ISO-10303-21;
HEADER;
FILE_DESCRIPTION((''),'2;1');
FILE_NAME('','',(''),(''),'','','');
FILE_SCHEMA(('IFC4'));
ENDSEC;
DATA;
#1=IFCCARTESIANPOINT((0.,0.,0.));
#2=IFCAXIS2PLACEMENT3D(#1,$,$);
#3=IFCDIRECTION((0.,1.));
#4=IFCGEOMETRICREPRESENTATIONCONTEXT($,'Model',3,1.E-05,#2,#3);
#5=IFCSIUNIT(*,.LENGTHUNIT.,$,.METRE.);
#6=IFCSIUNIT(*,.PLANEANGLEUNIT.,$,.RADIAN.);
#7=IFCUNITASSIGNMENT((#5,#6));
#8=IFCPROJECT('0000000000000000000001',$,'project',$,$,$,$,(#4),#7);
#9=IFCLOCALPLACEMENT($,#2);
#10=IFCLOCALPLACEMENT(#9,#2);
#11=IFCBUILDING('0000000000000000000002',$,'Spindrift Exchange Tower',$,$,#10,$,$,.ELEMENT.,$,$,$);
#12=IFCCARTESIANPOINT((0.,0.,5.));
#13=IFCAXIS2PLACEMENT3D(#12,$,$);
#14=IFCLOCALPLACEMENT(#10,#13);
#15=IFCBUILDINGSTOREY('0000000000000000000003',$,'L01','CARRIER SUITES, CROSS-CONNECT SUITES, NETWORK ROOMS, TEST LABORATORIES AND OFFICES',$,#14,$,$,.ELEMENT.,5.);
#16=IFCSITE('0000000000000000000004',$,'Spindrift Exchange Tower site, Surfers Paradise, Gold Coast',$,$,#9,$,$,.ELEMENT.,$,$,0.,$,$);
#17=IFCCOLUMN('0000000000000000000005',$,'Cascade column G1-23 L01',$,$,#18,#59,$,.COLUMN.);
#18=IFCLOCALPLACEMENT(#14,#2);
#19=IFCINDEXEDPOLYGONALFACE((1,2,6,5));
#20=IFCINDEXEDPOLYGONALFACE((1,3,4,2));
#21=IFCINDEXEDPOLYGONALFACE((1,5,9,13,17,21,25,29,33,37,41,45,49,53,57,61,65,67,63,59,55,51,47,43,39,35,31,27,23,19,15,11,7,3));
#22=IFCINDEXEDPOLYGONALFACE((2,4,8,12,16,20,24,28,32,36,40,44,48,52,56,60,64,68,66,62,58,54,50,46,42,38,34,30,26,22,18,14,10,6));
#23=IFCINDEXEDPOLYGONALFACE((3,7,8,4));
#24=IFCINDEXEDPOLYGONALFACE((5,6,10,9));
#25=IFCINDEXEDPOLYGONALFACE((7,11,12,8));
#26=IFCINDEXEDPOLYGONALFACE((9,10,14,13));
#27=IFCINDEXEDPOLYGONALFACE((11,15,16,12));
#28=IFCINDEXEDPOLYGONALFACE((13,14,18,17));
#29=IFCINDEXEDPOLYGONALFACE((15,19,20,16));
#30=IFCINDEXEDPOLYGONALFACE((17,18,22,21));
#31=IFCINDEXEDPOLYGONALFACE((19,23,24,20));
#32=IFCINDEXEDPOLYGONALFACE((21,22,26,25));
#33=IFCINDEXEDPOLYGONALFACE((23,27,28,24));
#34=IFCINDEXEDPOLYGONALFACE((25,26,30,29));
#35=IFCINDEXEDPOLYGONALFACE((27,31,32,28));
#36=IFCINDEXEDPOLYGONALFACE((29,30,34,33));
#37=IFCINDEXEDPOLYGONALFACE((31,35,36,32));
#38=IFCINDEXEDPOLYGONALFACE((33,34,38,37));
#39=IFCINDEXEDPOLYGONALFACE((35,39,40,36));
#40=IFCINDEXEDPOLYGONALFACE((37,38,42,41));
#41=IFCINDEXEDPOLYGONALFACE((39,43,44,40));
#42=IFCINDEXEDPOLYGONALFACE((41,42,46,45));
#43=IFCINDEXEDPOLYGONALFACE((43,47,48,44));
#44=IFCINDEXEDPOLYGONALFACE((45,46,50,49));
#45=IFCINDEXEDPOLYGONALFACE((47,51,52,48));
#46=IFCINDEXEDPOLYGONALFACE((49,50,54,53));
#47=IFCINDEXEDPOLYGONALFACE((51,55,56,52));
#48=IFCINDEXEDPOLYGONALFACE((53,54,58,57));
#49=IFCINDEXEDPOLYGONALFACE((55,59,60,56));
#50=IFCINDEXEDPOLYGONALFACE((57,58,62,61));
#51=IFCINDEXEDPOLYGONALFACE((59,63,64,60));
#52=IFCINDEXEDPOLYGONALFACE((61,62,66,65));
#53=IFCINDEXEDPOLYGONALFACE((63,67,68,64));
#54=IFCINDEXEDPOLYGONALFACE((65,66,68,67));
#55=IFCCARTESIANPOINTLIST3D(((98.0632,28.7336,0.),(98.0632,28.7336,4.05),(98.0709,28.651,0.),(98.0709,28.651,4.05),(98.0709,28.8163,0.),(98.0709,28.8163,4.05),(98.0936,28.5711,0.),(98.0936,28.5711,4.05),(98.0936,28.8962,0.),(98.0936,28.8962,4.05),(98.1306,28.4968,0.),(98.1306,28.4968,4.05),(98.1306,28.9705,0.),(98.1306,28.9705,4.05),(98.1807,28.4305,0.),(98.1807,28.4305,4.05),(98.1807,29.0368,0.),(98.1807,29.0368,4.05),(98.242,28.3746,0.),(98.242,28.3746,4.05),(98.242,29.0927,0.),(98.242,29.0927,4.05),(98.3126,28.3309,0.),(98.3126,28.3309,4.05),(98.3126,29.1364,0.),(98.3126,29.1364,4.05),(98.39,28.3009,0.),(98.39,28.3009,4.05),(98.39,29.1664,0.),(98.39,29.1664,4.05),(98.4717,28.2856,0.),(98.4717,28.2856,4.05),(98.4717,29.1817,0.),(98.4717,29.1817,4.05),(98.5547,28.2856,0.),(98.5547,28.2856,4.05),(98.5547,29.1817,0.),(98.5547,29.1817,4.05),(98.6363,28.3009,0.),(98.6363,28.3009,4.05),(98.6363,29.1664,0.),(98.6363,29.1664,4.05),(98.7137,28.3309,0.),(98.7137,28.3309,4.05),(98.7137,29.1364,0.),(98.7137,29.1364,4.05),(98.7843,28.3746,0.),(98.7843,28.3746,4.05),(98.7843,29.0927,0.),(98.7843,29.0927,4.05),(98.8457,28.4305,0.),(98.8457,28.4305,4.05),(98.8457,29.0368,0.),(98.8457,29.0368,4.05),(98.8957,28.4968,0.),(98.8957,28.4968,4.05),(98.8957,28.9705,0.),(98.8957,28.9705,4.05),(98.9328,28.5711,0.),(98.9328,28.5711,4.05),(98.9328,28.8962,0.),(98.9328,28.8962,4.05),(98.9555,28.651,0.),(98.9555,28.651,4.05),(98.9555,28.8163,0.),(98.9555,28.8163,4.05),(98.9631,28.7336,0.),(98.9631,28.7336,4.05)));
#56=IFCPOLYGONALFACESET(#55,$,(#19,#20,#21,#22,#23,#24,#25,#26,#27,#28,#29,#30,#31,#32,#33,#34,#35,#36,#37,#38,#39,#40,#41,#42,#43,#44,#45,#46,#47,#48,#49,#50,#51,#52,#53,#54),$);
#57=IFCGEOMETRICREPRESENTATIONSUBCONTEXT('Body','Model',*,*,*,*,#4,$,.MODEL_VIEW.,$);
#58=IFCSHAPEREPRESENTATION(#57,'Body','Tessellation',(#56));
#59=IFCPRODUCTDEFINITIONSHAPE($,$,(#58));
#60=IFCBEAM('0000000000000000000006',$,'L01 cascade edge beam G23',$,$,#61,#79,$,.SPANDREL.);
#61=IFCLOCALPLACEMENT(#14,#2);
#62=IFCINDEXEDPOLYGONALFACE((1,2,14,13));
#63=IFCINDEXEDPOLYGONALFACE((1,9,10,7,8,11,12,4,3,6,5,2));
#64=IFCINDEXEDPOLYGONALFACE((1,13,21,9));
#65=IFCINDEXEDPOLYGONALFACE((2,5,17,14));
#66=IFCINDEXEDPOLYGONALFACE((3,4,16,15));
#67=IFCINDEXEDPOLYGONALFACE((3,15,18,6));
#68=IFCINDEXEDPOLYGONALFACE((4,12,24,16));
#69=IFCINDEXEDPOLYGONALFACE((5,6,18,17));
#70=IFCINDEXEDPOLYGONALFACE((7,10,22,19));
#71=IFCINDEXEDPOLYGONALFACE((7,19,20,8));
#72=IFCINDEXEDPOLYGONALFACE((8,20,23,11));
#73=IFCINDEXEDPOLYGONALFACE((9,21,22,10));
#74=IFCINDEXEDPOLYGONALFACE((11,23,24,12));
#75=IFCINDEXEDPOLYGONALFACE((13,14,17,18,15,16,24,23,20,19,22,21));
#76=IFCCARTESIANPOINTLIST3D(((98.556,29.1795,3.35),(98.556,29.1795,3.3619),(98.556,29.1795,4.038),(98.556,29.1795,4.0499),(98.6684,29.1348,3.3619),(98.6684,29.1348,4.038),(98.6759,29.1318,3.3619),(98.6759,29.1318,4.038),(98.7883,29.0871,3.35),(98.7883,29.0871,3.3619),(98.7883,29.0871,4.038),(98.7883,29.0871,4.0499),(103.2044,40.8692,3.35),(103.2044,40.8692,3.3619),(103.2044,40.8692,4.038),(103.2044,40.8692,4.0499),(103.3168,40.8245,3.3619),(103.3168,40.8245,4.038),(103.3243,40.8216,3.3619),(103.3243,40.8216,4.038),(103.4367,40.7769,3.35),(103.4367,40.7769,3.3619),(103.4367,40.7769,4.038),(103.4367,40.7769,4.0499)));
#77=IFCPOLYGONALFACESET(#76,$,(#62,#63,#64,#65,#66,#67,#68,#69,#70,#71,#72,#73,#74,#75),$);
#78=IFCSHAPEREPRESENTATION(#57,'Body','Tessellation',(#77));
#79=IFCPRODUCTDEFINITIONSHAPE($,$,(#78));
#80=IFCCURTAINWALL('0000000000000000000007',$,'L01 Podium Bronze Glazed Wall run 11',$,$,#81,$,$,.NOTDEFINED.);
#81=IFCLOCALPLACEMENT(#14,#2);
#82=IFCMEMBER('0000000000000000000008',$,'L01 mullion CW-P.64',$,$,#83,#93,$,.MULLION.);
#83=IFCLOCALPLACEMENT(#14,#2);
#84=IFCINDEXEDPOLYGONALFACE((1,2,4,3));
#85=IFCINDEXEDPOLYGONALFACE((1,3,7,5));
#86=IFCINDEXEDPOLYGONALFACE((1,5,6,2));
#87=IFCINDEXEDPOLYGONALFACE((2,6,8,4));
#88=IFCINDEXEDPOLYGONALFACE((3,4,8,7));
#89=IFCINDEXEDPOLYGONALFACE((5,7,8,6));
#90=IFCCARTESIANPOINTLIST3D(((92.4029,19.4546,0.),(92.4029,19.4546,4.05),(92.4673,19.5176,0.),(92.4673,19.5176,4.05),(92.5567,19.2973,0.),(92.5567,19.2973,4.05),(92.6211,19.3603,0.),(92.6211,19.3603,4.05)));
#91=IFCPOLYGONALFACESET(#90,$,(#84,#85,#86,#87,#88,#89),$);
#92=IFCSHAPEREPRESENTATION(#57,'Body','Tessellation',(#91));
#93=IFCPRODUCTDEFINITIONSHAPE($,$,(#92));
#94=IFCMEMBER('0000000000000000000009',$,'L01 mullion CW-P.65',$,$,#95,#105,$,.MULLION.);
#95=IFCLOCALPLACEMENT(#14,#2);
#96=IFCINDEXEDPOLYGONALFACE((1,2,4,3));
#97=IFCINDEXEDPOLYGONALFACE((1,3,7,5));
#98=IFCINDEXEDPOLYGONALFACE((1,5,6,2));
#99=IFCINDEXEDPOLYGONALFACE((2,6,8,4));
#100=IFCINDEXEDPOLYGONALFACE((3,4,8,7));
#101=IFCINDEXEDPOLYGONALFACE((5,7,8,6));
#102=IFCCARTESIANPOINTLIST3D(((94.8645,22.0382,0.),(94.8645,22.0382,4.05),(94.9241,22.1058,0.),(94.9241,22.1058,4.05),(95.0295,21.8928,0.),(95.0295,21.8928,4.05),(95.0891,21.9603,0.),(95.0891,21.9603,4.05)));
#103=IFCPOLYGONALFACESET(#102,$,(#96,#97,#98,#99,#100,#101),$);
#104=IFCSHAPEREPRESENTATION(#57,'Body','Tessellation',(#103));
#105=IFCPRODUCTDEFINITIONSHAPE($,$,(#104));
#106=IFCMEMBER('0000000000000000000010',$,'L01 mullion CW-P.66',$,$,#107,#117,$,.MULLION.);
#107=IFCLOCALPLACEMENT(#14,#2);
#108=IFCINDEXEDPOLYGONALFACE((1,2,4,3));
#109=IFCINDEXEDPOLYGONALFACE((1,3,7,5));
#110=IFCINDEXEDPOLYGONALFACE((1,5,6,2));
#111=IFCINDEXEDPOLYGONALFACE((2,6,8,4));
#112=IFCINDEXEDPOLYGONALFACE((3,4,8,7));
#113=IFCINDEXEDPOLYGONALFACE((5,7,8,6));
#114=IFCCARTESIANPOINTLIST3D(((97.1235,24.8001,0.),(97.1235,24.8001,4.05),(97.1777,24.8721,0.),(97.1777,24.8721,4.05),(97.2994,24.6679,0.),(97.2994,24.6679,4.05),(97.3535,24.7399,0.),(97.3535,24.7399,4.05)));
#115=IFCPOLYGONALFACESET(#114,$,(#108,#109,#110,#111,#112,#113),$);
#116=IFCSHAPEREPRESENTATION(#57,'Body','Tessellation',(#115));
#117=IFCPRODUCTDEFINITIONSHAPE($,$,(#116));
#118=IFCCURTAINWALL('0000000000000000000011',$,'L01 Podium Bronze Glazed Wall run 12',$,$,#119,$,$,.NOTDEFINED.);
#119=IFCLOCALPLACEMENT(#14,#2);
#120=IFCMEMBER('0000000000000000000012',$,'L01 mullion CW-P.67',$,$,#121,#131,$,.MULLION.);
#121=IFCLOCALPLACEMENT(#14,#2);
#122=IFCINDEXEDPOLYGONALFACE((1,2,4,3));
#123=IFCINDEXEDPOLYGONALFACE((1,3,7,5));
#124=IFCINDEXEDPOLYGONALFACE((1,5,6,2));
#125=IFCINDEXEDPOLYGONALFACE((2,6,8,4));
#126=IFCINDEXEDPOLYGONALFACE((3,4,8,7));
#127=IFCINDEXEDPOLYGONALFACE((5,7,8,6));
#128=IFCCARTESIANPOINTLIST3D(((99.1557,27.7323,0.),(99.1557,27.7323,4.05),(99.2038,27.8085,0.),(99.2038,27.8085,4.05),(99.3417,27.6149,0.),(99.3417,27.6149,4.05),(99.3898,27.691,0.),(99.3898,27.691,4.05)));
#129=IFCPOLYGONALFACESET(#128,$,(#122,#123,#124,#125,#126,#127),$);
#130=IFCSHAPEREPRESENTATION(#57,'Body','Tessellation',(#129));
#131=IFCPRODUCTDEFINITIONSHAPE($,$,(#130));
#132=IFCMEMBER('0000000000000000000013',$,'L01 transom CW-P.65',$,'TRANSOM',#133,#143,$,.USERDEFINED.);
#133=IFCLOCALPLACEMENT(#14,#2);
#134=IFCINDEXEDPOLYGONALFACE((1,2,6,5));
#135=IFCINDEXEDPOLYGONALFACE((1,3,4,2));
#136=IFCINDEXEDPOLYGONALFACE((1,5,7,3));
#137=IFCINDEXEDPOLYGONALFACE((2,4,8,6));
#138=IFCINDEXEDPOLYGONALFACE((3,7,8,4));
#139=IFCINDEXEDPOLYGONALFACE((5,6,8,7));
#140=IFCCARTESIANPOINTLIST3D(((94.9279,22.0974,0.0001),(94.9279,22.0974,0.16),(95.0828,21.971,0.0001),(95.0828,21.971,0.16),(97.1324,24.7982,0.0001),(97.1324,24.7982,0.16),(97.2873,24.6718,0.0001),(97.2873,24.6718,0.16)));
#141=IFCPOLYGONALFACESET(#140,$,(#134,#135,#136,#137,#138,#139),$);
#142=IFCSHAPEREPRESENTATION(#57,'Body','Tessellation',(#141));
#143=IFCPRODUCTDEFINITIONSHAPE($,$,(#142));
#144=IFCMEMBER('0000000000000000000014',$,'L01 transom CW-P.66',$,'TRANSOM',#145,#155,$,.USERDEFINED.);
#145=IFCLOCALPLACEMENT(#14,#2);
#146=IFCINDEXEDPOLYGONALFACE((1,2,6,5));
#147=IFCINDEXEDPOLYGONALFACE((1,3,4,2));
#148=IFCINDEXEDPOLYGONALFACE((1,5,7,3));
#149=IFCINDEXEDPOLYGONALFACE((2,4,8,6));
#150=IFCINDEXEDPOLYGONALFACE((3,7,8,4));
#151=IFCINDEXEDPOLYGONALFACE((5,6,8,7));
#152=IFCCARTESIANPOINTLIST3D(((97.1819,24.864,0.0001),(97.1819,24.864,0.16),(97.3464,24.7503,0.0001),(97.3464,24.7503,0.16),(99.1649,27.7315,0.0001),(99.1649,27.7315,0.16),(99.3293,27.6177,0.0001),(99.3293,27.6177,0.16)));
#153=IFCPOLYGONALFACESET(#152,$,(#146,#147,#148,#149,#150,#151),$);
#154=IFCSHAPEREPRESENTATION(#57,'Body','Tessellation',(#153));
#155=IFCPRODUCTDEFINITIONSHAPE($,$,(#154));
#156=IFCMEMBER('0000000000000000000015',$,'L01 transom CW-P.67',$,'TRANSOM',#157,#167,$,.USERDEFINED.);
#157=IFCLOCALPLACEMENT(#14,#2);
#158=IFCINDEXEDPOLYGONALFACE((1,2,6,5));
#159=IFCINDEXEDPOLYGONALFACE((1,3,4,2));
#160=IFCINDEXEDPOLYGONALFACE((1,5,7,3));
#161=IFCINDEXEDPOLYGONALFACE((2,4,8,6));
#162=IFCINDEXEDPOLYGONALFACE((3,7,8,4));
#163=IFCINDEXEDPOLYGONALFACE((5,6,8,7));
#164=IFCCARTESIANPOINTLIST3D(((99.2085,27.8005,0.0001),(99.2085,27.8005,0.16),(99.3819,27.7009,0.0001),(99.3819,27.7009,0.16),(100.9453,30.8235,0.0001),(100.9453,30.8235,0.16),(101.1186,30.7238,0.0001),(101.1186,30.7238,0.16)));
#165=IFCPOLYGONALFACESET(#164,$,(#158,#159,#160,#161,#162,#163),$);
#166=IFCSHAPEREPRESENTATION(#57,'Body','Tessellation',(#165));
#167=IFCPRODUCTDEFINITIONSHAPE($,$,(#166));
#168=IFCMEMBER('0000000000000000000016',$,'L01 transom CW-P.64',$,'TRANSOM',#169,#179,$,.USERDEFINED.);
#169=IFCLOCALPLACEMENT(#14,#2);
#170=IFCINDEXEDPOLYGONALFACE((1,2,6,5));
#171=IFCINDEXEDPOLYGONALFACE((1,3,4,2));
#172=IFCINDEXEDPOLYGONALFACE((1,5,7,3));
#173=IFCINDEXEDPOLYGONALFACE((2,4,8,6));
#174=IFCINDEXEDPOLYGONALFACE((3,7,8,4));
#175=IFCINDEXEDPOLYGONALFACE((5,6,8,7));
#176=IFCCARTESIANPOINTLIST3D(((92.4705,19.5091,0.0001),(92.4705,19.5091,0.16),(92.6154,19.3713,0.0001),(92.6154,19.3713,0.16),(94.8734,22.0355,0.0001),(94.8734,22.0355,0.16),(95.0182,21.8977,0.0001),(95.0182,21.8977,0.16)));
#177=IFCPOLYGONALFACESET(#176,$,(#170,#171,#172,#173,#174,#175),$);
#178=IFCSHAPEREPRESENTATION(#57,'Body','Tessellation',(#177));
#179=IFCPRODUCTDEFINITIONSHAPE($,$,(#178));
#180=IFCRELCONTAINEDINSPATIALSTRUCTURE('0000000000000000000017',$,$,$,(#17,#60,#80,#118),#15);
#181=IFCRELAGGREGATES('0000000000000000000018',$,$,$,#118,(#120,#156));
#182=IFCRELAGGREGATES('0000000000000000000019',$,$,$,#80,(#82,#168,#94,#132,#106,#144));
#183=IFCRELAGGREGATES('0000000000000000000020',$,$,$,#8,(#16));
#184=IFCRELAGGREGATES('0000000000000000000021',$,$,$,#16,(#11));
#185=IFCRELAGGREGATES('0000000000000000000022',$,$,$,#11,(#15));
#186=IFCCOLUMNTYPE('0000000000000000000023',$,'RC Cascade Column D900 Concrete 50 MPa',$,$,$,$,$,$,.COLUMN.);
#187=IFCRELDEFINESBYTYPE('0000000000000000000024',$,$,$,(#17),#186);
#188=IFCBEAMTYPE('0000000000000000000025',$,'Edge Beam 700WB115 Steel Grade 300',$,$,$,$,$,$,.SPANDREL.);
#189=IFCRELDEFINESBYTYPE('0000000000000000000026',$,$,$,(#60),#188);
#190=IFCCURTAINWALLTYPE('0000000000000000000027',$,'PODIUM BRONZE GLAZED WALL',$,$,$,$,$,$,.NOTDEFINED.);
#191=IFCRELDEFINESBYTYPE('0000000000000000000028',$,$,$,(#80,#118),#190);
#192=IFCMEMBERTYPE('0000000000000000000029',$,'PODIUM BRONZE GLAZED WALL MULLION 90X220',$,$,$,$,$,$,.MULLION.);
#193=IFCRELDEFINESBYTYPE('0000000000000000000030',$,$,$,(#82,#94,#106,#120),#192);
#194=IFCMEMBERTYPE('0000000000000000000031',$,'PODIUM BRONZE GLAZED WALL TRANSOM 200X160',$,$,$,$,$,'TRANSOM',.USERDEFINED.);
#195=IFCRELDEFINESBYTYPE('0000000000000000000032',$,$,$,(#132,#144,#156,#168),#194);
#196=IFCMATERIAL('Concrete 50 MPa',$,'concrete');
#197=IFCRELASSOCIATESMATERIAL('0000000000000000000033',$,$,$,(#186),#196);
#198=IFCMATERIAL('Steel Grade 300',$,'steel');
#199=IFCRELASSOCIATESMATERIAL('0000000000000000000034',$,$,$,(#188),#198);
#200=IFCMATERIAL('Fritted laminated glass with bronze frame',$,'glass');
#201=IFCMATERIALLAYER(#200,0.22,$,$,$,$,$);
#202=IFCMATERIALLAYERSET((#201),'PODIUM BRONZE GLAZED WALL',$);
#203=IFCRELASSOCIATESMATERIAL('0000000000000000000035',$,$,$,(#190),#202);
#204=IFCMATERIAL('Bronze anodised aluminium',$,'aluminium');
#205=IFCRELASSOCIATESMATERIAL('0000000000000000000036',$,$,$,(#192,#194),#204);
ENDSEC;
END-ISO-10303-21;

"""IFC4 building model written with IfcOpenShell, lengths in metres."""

from ifc_helpers import new_model, si_unit, direction, frame, origin, origin_2d, place, context, subcontext, project, spatial, rectangle, circle, i_section, extrude, source, transform, mapped, material, layer, layer_set, material_profile, profile_set, type_object, element, aggregate, save


model = new_model("IFC4")

# Units and contexts
model_context = context("Model", 3, precision=1e-05, world=origin(), true_north=direction((0.0, 1.0)))
body_context = subcontext(model_context, "Body", "Model", "MODEL_VIEW")
ifc_project = project(units=[si_unit("LENGTHUNIT", "METRE"), si_unit("PLANEANGLEUNIT", "RADIAN")], contexts=[model_context])

# Site, building, storey
site_placement = place(None, origin())
site = spatial("IfcSite", under=ifc_project, at=site_placement, Name="Spindrift Exchange Tower site, Surfers Paradise, Gold Coast", CompositionType="ELEMENT", RefElevation=0.0)
building_placement = place(site_placement, origin())
building = spatial("IfcBuilding", under=site, at=building_placement, Name="Spindrift Exchange Tower", CompositionType="ELEMENT")
storey_placement = place(building_placement, frame((0.0, 0.0, 5.0)))
storey = spatial("IfcBuildingStorey", under=building, at=storey_placement, Name="L01", Description="CARRIER SUITES, CROSS-CONNECT SUITES, NETWORK ROOMS, TEST LABORATORIES AND OFFICES", CompositionType="ELEMENT", Elevation=5.0)

# Column
ifc_material_1 = material(Name="Concrete 50 MPa", Category="concrete")
ifc_material_profile_1 = material_profile(ifc_material_1, circle(Radius=0.45, at=origin_2d()), Name="RC D900")
ifc_profile_set_1 = profile_set([ifc_material_profile_1], Name="Concrete 50 MPa")
column_type = type_object("IfcColumnType", Name="RC Cascade Column D900 Concrete 50 MPa", PredefinedType="COLUMN", material=ifc_profile_set_1)
shared_shape_1 = source(origin(), body_context, "Body", "SweptSolid", [
    extrude(circle(Radius=0.45, at=origin_2d()), origin(), (0.0, 0.0, 1.0), 4.05),
])
column_placement = place(storey_placement, frame((98.5132, 28.7336, 0.0), z_axis=(0.0, 0.0, 1.0), x_axis=(1.0, 0.0, 0.0)))
element("IfcColumn", 1, at=column_placement, inside=storey, type_object=column_type, Name="Cascade column G1-23 L01", PredefinedType="COLUMN", context=body_context, shape_type="MappedRepresentation", body=[
    mapped(shared_shape_1, transform((0.0, 0.0, 0.0), scale=1.0)),
])

# Beam
ifc_material_2 = material(Name="Steel Grade 300", Category="steel")
ifc_material_profile_2 = material_profile(ifc_material_2, i_section(OverallWidth=0.25, OverallDepth=0.7, WebThickness=0.0081, FlangeThickness=0.012, at=origin_2d()), Name="700WB115")
ifc_profile_set_2 = profile_set([ifc_material_profile_2], Name="Steel Grade 300")
beam_type = type_object("IfcBeamType", Name="Edge Beam 700WB115 Steel Grade 300", PredefinedType="SPANDREL", material=ifc_profile_set_2)
shared_shape_2 = source(origin(), body_context, "Body", "SweptSolid", [
    extrude(i_section(OverallWidth=0.25, OverallDepth=0.7, WebThickness=0.0081, FlangeThickness=0.012, at=origin_2d()), origin(), (0.0, 0.0, 1.0), 12.5801),
])
beam_placement = place(storey_placement, frame((98.6721, 29.1333, 3.7), z_axis=(0.369509, 0.929227, 0.0), x_axis=(-0.929227, 0.369509, 0.0)))
element("IfcBeam", 2, at=beam_placement, inside=storey, type_object=beam_type, Name="L01 cascade edge beam G23", PredefinedType="SPANDREL", context=body_context, shape_type="MappedRepresentation", body=[
    mapped(shared_shape_2, transform((0.0, 0.0, 0.0), scale=1.0)),
])

# Curtain wall, members
ifc_material_3 = material(Name="Fritted laminated glass with bronze frame", Category="glass")
ifc_layer_1 = layer(ifc_material_3, 0.22)
ifc_layer_set_1 = layer_set([ifc_layer_1], Name="PODIUM BRONZE GLAZED WALL")
curtain_wall_type = type_object("IfcCurtainWallType", Name="PODIUM BRONZE GLAZED WALL", PredefinedType="NOTDEFINED", material=ifc_layer_set_1)
curtain_wall_1_placement = place(storey_placement, origin())
curtain_wall_1 = element("IfcCurtainWall", 3, at=curtain_wall_1_placement, inside=storey, type_object=curtain_wall_type, Name="L01 Podium Bronze Glazed Wall run 11", PredefinedType="NOTDEFINED")
ifc_material_4 = material(Name="Bronze anodised aluminium", Category="aluminium")
ifc_material_profile_3 = material_profile(ifc_material_4, rectangle(XDim=0.0901, YDim=0.22, at=origin_2d()), Name="PODIUM BRONZE GLAZED WALL MULLION 90X220")
ifc_profile_set_3 = profile_set([ifc_material_profile_3], Name="Bronze anodised aluminium")
member_type_1 = type_object("IfcMemberType", Name="PODIUM BRONZE GLAZED WALL MULLION 90X220", PredefinedType="MULLION", material=ifc_profile_set_3)
shared_shape_3 = source(origin(), body_context, "Body", "SweptSolid", [
    extrude(rectangle(XDim=0.0901, YDim=0.22, at=origin_2d()), origin(), (0.0, 0.0, 1.0), 4.05),
])
member_1_placement = place(storey_placement, frame((92.512, 19.4075, 0.0), z_axis=(0.0, 0.0, 1.0), x_axis=(0.714911, 0.699216, 0.0)))
member_1 = element("IfcMember", 4, at=member_1_placement, type_object=member_type_1, Name="L01 mullion CW-P.64", PredefinedType="MULLION", context=body_context, shape_type="MappedRepresentation", body=[
    mapped(shared_shape_3, transform((0.0, 0.0, 0.0), scale=1.0)),
])
member_2_placement = place(storey_placement, frame((94.9768, 21.9993, 0.0), z_axis=(0.0, 0.0, 1.0), x_axis=(0.661219, 0.750193, 0.0)))
member_2 = element("IfcMember", 5, at=member_2_placement, type_object=member_type_1, Name="L01 mullion CW-P.65", PredefinedType="MULLION", context=body_context, shape_type="MappedRepresentation", body=[
    mapped(shared_shape_3, transform((0.0, 0.0, 0.0), scale=1.0)),
])
member_3_placement = place(storey_placement, frame((97.2385, 24.77, 0.0), z_axis=(0.0, 0.0, 1.0), x_axis=(0.601029, 0.799228, 0.0)))
member_3 = element("IfcMember", 6, at=member_3_placement, type_object=member_type_1, Name="L01 mullion CW-P.66", PredefinedType="MULLION", context=body_context, shape_type="MappedRepresentation", body=[
    mapped(shared_shape_3, transform((0.0, 0.0, 0.0), scale=1.0)),
])

# Curtain wall, member
curtain_wall_2_placement = place(storey_placement, origin())
curtain_wall_2 = element("IfcCurtainWall", 7, at=curtain_wall_2_placement, inside=storey, type_object=curtain_wall_type, Name="L01 Podium Bronze Glazed Wall run 12", PredefinedType="NOTDEFINED")
member_4_placement = place(storey_placement, frame((99.2727, 27.7117, 0.0), z_axis=(0.0, 0.0, 1.0), x_axis=(0.533935, 0.845526, 0.0)))
member_4 = element("IfcMember", 8, at=member_4_placement, type_object=member_type_1, Name="L01 mullion CW-P.67", PredefinedType="MULLION", context=body_context, shape_type="MappedRepresentation", body=[
    mapped(shared_shape_3, transform((0.0, 0.0, 0.0), scale=1.0)),
])

# Members
ifc_material_profile_4 = material_profile(ifc_material_4, rectangle(XDim=0.2, YDim=0.1599, at=origin_2d()), Name="PODIUM BRONZE GLAZED WALL TRANSOM 200X160")
ifc_profile_set_4 = profile_set([ifc_material_profile_4], Name="Bronze anodised aluminium")
member_type_2 = type_object("IfcMemberType", Name="PODIUM BRONZE GLAZED WALL TRANSOM 200X160", ElementType="TRANSOM", PredefinedType="USERDEFINED", material=ifc_profile_set_4)
shared_shape_4 = source(origin(), body_context, "Body", "SweptSolid", [
    extrude(rectangle(XDim=0.2, YDim=0.1599, at=origin_2d()), origin(), (0.0, 0.0, 1.0), 3.4863),
])
member_5_placement = place(storey_placement, frame((95.0054, 22.0342, 0.0801), z_axis=(0.632334, 0.774696, 0.0), x_axis=(-0.774696, 0.632334, 0.0)))
member_5 = element("IfcMember", 9, at=member_5_placement, type_object=member_type_2, Name="L01 transom CW-P.65", ObjectType="TRANSOM", PredefinedType="USERDEFINED", context=body_context, shape_type="MappedRepresentation", body=[
    mapped(shared_shape_4, transform((0.0, 0.0, 0.0), scale=1.0)),
])
member_6_placement = place(storey_placement, frame((97.2642, 24.8071, 0.0801), z_axis=(0.568777, 0.822492, 0.0), x_axis=(-0.822492, 0.568777, 0.0)))
member_6 = element("IfcMember", 10, at=member_6_placement, type_object=member_type_2, Name="L01 transom CW-P.66", ObjectType="TRANSOM", PredefinedType="USERDEFINED", context=body_context, shape_type="MappedRepresentation", body=[
    mapped(shared_shape_4, transform((0.0, 0.0, 0.0), scale=1.0)),
])
member_7_placement = place(storey_placement, frame((99.2952, 27.7507, 0.0801), z_axis=(0.498174, 0.867077, 0.0), x_axis=(-0.867077, 0.498174, 0.0)))
member_7 = element("IfcMember", 11, at=member_7_placement, type_object=member_type_2, Name="L01 transom CW-P.67", ObjectType="TRANSOM", PredefinedType="USERDEFINED", context=body_context, shape_type="MappedRepresentation", body=[
    mapped(shared_shape_4, transform((0.0, 0.0, 0.0), scale=1.0)),
])
shared_shape_5 = source(origin(), body_context, "Body", "SweptSolid", [
    extrude(rectangle(XDim=0.2, YDim=0.1599, at=origin_2d()), origin(), (0.0, 0.0, 1.0), 3.4866),
])
member_8_placement = place(storey_placement, frame((92.543, 19.4402, 0.0801), z_axis=(0.689169, 0.724601, 0.0), x_axis=(-0.724601, 0.689169, 0.0)))
member_8 = element("IfcMember", 12, at=member_8_placement, type_object=member_type_2, Name="L01 transom CW-P.64", ObjectType="TRANSOM", PredefinedType="USERDEFINED", context=body_context, shape_type="MappedRepresentation", body=[
    mapped(shared_shape_5, transform((0.0, 0.0, 0.0), scale=1.0)),
])

aggregate(curtain_wall_2, [member_4, member_7])
aggregate(curtain_wall_1, [member_1, member_8, member_2, member_5, member_3, member_6])

save(model, "model.ifc")
